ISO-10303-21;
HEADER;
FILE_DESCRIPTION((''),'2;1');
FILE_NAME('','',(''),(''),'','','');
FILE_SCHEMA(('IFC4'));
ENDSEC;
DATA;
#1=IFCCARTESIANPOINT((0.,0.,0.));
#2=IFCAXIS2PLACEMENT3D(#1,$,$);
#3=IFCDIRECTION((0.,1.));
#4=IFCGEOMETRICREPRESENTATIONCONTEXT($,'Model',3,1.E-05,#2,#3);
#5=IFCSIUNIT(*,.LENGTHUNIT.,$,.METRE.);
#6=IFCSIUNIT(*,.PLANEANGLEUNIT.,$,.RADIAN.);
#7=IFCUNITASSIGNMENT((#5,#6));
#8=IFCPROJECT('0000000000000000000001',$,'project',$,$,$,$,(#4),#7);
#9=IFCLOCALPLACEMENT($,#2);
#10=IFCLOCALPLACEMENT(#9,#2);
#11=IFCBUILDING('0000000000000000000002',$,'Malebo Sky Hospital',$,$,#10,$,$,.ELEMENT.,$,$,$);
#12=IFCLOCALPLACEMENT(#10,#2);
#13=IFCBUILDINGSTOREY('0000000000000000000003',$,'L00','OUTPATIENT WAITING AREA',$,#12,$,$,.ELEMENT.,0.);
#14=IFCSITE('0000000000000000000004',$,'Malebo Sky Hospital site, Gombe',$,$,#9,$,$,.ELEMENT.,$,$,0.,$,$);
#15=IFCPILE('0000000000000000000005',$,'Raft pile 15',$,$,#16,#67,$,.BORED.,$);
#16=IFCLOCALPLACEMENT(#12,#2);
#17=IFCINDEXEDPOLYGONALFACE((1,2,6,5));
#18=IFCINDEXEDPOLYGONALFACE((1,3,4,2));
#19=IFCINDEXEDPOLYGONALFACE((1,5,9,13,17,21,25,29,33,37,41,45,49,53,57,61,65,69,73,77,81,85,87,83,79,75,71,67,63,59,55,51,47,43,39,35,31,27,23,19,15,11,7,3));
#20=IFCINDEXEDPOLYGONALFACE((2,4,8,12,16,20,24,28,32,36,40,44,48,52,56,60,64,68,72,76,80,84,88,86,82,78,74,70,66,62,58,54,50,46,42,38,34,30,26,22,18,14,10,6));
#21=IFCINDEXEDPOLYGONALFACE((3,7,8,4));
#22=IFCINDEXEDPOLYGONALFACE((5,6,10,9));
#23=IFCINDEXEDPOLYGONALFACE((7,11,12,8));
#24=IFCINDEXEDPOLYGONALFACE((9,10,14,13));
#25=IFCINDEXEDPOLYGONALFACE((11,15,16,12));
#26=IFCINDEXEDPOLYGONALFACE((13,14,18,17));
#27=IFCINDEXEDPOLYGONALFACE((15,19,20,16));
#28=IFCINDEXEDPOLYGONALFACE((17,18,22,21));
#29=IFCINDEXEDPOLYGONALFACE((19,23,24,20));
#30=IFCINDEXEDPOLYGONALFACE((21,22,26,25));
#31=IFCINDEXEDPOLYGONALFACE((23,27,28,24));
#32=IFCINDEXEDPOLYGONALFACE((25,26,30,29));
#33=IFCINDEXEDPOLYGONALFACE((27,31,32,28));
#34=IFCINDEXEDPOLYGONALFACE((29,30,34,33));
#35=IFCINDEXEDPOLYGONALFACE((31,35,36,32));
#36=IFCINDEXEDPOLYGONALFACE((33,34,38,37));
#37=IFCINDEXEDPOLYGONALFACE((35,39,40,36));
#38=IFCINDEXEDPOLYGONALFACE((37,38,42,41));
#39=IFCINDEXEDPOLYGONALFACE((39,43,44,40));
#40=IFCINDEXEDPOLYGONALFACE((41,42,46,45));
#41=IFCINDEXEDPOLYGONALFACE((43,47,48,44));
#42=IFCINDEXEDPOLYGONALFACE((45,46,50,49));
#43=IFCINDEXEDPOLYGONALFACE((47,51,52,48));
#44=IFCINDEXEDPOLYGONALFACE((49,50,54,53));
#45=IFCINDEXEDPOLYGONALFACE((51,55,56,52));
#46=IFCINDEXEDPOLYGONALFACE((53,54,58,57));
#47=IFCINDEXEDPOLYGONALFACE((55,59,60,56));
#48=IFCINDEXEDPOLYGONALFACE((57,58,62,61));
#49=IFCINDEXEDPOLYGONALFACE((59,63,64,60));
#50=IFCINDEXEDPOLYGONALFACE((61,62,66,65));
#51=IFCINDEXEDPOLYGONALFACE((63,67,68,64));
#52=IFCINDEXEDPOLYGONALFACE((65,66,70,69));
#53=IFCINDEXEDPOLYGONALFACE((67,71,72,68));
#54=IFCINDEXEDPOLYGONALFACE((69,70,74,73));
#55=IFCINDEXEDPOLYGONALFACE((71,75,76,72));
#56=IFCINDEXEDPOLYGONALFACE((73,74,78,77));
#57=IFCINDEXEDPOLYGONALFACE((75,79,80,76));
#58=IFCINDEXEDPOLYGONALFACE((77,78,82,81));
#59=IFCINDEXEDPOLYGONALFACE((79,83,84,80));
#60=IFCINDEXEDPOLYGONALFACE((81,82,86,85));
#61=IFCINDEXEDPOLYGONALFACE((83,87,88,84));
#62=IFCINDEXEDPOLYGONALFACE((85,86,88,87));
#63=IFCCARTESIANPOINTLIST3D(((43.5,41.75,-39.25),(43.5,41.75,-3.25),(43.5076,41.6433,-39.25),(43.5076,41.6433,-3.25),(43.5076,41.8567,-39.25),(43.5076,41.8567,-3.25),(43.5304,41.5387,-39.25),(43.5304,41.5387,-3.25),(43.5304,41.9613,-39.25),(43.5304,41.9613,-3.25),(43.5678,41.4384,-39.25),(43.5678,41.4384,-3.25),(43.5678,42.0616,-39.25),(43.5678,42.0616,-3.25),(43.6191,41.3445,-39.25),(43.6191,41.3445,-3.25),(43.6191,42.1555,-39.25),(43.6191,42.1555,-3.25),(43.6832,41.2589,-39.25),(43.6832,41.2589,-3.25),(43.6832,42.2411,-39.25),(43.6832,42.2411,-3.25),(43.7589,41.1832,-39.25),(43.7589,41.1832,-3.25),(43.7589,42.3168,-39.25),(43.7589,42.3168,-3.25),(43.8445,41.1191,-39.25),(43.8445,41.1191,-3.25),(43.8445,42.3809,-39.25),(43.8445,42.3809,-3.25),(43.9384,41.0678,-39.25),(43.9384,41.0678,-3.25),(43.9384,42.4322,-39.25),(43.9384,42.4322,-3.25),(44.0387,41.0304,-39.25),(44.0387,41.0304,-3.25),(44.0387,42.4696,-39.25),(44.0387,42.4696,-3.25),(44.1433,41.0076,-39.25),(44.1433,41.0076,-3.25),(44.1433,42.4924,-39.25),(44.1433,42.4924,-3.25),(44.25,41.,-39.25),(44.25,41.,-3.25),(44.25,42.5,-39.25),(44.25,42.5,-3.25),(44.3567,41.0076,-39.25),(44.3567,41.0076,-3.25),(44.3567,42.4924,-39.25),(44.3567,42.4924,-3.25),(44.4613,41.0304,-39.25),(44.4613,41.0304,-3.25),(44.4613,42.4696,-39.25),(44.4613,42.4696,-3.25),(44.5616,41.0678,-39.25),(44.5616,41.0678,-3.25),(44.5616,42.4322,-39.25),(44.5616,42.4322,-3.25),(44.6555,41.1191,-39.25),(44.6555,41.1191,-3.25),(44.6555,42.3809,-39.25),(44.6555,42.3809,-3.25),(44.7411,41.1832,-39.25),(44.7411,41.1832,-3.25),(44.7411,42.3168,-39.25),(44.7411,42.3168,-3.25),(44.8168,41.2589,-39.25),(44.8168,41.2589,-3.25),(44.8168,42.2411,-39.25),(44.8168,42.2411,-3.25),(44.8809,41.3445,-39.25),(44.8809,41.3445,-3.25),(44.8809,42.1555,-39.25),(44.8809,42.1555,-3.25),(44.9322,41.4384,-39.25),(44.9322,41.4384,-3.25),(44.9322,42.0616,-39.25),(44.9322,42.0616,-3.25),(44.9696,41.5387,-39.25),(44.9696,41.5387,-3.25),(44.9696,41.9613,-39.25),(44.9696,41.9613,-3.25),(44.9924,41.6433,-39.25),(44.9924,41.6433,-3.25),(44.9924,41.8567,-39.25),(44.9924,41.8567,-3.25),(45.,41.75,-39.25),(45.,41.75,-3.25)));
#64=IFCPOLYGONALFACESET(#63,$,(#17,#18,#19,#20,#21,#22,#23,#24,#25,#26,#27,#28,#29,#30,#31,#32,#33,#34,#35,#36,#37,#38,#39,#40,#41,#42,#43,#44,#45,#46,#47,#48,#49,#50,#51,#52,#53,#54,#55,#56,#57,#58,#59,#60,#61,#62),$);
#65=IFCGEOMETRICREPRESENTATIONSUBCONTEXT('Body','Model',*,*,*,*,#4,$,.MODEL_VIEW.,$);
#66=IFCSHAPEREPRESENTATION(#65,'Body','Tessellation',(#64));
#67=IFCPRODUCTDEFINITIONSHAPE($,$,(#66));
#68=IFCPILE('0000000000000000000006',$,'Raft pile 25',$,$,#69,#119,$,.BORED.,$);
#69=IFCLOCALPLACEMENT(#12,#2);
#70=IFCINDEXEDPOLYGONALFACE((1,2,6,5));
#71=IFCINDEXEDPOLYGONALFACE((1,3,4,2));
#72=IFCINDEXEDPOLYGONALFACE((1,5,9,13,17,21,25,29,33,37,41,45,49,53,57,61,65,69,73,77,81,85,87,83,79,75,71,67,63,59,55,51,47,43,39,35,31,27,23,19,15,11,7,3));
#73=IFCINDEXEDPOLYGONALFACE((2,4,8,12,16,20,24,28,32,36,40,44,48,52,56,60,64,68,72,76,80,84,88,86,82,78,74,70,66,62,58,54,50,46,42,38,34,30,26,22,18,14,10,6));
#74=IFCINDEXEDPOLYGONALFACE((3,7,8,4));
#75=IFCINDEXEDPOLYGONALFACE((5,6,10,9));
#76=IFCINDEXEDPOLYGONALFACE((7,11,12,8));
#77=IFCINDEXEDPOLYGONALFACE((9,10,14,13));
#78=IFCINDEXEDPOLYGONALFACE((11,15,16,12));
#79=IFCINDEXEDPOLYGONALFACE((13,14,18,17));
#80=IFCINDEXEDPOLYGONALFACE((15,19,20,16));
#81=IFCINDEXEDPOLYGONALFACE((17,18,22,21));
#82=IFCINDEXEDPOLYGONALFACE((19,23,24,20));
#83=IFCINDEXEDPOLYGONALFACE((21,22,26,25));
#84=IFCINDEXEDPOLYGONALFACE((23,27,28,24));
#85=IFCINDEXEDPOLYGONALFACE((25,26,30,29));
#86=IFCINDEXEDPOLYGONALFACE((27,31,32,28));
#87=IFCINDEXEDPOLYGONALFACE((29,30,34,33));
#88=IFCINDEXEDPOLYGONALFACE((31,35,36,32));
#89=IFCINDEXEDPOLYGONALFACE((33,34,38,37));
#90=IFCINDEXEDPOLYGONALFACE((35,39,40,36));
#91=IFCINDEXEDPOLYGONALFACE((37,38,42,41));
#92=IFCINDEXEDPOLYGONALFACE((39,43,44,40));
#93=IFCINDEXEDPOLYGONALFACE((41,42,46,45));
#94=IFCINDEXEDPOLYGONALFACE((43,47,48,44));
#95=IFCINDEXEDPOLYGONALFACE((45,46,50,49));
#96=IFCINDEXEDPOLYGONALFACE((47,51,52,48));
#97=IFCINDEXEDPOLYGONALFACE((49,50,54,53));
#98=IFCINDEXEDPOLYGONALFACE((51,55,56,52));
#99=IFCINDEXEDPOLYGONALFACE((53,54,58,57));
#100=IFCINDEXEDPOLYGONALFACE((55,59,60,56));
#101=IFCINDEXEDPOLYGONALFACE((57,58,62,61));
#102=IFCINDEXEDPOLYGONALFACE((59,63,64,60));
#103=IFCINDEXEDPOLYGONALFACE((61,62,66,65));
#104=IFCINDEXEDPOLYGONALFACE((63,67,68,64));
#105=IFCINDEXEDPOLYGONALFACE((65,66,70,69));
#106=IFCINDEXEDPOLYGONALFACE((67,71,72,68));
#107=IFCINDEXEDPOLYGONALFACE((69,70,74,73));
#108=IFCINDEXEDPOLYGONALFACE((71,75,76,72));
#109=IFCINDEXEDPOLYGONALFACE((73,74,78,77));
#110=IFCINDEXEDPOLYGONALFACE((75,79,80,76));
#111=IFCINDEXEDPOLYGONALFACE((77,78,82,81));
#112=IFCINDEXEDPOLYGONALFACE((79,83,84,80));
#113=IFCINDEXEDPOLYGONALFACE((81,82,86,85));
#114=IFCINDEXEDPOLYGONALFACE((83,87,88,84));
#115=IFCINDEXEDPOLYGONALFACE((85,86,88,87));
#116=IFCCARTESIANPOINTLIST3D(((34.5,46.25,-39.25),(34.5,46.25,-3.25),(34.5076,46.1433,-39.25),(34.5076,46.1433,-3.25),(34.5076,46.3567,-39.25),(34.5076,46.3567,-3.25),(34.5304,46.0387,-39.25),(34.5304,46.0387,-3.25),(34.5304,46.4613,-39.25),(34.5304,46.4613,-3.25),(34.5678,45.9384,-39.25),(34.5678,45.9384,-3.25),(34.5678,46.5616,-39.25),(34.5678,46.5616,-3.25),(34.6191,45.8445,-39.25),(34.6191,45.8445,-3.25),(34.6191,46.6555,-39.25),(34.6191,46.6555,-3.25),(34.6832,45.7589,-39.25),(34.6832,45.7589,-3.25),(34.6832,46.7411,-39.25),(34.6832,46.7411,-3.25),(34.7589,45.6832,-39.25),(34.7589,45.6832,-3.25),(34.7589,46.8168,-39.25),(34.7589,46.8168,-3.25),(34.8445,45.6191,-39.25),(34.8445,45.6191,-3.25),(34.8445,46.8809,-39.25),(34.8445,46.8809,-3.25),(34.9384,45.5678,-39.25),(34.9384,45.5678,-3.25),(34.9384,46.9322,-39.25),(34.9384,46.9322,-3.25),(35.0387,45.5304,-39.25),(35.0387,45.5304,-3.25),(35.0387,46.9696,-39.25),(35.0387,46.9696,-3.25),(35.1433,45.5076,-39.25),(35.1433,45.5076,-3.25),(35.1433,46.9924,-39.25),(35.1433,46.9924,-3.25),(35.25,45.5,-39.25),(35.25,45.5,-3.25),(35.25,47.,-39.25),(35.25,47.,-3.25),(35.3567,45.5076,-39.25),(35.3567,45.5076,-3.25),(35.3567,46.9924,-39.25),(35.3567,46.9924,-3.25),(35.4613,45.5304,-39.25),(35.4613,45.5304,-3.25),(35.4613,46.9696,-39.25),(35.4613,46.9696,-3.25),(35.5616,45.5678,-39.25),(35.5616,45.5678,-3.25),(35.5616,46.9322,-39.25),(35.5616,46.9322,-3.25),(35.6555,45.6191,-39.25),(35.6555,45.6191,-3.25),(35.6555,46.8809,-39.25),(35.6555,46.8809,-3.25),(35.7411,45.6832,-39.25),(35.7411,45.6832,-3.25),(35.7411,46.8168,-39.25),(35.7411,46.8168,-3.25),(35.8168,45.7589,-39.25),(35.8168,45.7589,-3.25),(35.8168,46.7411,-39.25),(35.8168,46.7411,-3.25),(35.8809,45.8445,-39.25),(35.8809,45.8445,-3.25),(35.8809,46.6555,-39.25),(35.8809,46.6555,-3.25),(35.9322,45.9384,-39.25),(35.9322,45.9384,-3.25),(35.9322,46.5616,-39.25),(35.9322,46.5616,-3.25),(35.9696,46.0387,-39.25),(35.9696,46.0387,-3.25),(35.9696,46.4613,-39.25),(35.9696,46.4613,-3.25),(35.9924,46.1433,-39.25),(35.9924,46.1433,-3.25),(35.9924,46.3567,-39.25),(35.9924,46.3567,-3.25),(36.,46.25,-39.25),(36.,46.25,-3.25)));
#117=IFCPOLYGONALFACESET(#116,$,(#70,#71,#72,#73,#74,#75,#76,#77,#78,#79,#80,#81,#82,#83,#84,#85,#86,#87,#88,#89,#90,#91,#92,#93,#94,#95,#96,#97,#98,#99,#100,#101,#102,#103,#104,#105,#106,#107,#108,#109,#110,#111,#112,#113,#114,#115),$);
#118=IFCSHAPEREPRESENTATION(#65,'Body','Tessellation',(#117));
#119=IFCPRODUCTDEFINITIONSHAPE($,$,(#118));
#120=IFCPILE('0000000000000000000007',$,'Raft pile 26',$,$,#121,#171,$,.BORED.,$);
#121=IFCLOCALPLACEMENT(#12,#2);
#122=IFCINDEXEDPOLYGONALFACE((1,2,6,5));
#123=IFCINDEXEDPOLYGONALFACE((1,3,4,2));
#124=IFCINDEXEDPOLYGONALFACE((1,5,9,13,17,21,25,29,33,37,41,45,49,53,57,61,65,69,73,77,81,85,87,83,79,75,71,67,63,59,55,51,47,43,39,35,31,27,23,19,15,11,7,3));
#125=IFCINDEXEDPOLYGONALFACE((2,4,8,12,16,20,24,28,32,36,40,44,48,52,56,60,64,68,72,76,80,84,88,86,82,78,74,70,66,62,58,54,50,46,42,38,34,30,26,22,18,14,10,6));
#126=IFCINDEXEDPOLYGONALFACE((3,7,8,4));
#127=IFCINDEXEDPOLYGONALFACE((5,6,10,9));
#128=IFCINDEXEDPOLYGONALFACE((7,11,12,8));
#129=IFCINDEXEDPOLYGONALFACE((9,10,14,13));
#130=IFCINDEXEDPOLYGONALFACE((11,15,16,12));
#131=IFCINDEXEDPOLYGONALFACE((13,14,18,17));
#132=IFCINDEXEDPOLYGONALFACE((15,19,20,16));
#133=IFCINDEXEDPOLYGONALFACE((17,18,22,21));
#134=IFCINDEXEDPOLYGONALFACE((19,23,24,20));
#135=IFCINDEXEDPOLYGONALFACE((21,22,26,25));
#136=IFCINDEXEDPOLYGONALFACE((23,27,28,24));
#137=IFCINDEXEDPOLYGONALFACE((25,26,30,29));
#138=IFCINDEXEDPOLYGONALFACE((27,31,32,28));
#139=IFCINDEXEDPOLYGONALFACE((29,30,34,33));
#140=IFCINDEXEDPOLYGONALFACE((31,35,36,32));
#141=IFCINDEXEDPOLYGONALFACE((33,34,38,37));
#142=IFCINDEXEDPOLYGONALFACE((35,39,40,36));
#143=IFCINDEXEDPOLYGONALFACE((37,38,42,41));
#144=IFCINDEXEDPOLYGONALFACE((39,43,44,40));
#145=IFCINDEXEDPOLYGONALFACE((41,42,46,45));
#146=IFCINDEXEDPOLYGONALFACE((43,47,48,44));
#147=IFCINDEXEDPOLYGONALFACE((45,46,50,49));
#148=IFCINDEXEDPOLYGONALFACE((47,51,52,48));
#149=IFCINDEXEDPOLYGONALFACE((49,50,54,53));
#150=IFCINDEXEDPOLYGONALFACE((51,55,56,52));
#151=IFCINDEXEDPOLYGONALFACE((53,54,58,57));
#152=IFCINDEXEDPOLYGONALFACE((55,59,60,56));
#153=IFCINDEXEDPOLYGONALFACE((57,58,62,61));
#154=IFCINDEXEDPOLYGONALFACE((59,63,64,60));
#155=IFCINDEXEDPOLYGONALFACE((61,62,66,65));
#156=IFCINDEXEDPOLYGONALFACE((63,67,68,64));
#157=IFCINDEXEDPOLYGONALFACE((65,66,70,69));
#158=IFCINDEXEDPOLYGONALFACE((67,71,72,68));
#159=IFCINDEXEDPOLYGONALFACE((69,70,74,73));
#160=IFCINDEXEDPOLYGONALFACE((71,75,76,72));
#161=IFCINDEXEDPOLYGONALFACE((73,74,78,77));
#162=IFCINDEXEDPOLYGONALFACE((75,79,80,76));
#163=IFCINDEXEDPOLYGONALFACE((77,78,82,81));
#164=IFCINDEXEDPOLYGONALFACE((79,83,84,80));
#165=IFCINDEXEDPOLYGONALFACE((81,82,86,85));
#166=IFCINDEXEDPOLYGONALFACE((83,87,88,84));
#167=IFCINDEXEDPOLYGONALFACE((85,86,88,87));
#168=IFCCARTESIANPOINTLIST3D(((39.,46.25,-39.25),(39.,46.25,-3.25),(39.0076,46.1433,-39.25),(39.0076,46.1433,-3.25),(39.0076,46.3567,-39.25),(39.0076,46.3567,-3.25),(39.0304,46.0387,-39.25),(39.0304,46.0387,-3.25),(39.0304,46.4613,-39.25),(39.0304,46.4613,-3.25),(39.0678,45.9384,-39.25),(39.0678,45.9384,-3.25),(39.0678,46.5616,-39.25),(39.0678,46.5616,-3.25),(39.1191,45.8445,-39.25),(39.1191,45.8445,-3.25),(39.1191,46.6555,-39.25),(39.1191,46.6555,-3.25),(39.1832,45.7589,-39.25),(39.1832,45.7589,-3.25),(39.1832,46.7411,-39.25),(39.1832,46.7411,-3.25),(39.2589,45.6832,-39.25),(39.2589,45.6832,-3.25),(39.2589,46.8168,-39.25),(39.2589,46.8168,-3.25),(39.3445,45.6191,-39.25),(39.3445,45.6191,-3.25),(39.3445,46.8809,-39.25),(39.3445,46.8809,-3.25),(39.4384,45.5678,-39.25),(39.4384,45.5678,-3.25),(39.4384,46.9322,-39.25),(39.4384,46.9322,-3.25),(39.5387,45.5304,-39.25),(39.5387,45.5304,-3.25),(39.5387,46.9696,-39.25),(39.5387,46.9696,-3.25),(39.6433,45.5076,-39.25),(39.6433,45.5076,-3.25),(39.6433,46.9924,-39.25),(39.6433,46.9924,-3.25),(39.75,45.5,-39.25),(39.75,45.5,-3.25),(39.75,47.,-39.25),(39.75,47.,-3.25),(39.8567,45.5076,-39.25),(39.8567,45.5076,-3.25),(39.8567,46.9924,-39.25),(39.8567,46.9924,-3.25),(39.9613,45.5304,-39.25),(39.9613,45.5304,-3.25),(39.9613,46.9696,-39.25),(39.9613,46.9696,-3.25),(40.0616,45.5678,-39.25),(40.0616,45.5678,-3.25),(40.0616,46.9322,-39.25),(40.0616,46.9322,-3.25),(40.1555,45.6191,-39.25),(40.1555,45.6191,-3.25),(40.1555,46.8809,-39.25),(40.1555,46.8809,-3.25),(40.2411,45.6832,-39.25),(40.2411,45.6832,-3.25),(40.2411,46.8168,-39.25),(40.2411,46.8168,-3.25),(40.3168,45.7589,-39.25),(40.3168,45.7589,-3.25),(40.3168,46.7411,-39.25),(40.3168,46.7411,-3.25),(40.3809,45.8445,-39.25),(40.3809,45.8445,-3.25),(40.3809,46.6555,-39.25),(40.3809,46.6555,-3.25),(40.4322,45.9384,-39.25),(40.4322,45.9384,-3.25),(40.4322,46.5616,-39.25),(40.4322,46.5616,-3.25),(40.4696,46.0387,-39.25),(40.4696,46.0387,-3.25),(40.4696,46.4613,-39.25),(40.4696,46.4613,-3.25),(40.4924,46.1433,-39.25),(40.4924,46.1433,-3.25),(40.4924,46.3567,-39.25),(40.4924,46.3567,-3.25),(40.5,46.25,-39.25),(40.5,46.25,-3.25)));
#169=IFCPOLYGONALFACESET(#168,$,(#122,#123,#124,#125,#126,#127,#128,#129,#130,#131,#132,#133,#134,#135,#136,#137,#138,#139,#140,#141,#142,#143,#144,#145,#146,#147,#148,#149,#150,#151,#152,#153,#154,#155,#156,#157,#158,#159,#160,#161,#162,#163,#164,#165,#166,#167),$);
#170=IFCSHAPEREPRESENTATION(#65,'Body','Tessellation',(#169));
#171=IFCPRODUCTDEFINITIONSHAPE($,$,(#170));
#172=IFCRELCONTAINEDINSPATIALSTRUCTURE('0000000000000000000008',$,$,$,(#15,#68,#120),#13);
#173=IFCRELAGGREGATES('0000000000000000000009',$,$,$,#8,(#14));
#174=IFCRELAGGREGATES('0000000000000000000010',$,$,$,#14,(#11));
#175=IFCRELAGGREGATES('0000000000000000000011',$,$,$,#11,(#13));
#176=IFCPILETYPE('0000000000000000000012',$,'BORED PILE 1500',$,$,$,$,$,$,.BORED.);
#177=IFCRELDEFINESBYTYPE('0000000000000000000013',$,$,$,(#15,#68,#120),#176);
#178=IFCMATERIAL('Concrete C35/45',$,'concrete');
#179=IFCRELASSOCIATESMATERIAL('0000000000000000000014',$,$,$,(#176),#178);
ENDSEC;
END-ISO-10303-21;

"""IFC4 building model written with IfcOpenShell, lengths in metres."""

from ifc_helpers import new_model, si_unit, direction, frame, origin, origin_2d, place, context, subcontext, project, spatial, circle, extrude, material, material_profile, profile_set, type_object, element, save


model = new_model("IFC4")

# Units and contexts
model_context = context("Model", 3, precision=1e-05, world=origin(), true_north=direction((0.0, 1.0)))
body_context = subcontext(model_context, "Body", "Model", "MODEL_VIEW")
ifc_project = project(units=[si_unit("LENGTHUNIT", "METRE"), si_unit("PLANEANGLEUNIT", "RADIAN")], contexts=[model_context])

# Site, building, storey
site_placement = place(None, origin())
site = spatial("IfcSite", under=ifc_project, at=site_placement, Name="Malebo Sky Hospital site, Gombe", CompositionType="ELEMENT", RefElevation=0.0)
building_placement = place(site_placement, origin())
building = spatial("IfcBuilding", under=site, at=building_placement, Name="Malebo Sky Hospital", CompositionType="ELEMENT")
storey_placement = place(building_placement, origin())
storey = spatial("IfcBuildingStorey", under=building, at=storey_placement, Name="L00", Description="OUTPATIENT WAITING AREA", CompositionType="ELEMENT", Elevation=0.0)

# Piles
ifc_material_1 = material(Name="Concrete C35/45", Category="concrete")
ifc_material_profile_1 = material_profile(ifc_material_1, circle(Radius=0.75, at=origin_2d()), Name="BP 1500")
ifc_profile_set_1 = profile_set([ifc_material_profile_1], Name="Concrete C35/45")
pile_type_1 = type_object("IfcPileType", Name="BORED PILE 1500", PredefinedType="BORED", material=ifc_profile_set_1)
for number, where, z_axis, x_axis, name in (
    (1, (44.25, 41.75, -3.25), (0.0, 0.0, -1.0), (1.0, 0.0, 0.0), "Raft pile 15"),
    (2, (35.25, 46.25, -3.25), (0.0, 0.0, -1.0), (1.0, 0.0, 0.0), "Raft pile 25"),
    (3, (39.75, 46.25, -3.25), (0.0, 0.0, -1.0), (1.0, 0.0, 0.0), "Raft pile 26"),
):
    element("IfcPile", number, at=place(storey_placement, frame(where, z_axis=z_axis, x_axis=x_axis)), inside=storey, type_object=pile_type_1, Name=name, PredefinedType="BORED", context=body_context, shape_type="SweptSolid", body=[
        extrude(circle(Radius=0.75, at=origin_2d()), origin(), (0.0, 0.0, 1.0), 36.0),
    ])

save(model, "model.ifc")
